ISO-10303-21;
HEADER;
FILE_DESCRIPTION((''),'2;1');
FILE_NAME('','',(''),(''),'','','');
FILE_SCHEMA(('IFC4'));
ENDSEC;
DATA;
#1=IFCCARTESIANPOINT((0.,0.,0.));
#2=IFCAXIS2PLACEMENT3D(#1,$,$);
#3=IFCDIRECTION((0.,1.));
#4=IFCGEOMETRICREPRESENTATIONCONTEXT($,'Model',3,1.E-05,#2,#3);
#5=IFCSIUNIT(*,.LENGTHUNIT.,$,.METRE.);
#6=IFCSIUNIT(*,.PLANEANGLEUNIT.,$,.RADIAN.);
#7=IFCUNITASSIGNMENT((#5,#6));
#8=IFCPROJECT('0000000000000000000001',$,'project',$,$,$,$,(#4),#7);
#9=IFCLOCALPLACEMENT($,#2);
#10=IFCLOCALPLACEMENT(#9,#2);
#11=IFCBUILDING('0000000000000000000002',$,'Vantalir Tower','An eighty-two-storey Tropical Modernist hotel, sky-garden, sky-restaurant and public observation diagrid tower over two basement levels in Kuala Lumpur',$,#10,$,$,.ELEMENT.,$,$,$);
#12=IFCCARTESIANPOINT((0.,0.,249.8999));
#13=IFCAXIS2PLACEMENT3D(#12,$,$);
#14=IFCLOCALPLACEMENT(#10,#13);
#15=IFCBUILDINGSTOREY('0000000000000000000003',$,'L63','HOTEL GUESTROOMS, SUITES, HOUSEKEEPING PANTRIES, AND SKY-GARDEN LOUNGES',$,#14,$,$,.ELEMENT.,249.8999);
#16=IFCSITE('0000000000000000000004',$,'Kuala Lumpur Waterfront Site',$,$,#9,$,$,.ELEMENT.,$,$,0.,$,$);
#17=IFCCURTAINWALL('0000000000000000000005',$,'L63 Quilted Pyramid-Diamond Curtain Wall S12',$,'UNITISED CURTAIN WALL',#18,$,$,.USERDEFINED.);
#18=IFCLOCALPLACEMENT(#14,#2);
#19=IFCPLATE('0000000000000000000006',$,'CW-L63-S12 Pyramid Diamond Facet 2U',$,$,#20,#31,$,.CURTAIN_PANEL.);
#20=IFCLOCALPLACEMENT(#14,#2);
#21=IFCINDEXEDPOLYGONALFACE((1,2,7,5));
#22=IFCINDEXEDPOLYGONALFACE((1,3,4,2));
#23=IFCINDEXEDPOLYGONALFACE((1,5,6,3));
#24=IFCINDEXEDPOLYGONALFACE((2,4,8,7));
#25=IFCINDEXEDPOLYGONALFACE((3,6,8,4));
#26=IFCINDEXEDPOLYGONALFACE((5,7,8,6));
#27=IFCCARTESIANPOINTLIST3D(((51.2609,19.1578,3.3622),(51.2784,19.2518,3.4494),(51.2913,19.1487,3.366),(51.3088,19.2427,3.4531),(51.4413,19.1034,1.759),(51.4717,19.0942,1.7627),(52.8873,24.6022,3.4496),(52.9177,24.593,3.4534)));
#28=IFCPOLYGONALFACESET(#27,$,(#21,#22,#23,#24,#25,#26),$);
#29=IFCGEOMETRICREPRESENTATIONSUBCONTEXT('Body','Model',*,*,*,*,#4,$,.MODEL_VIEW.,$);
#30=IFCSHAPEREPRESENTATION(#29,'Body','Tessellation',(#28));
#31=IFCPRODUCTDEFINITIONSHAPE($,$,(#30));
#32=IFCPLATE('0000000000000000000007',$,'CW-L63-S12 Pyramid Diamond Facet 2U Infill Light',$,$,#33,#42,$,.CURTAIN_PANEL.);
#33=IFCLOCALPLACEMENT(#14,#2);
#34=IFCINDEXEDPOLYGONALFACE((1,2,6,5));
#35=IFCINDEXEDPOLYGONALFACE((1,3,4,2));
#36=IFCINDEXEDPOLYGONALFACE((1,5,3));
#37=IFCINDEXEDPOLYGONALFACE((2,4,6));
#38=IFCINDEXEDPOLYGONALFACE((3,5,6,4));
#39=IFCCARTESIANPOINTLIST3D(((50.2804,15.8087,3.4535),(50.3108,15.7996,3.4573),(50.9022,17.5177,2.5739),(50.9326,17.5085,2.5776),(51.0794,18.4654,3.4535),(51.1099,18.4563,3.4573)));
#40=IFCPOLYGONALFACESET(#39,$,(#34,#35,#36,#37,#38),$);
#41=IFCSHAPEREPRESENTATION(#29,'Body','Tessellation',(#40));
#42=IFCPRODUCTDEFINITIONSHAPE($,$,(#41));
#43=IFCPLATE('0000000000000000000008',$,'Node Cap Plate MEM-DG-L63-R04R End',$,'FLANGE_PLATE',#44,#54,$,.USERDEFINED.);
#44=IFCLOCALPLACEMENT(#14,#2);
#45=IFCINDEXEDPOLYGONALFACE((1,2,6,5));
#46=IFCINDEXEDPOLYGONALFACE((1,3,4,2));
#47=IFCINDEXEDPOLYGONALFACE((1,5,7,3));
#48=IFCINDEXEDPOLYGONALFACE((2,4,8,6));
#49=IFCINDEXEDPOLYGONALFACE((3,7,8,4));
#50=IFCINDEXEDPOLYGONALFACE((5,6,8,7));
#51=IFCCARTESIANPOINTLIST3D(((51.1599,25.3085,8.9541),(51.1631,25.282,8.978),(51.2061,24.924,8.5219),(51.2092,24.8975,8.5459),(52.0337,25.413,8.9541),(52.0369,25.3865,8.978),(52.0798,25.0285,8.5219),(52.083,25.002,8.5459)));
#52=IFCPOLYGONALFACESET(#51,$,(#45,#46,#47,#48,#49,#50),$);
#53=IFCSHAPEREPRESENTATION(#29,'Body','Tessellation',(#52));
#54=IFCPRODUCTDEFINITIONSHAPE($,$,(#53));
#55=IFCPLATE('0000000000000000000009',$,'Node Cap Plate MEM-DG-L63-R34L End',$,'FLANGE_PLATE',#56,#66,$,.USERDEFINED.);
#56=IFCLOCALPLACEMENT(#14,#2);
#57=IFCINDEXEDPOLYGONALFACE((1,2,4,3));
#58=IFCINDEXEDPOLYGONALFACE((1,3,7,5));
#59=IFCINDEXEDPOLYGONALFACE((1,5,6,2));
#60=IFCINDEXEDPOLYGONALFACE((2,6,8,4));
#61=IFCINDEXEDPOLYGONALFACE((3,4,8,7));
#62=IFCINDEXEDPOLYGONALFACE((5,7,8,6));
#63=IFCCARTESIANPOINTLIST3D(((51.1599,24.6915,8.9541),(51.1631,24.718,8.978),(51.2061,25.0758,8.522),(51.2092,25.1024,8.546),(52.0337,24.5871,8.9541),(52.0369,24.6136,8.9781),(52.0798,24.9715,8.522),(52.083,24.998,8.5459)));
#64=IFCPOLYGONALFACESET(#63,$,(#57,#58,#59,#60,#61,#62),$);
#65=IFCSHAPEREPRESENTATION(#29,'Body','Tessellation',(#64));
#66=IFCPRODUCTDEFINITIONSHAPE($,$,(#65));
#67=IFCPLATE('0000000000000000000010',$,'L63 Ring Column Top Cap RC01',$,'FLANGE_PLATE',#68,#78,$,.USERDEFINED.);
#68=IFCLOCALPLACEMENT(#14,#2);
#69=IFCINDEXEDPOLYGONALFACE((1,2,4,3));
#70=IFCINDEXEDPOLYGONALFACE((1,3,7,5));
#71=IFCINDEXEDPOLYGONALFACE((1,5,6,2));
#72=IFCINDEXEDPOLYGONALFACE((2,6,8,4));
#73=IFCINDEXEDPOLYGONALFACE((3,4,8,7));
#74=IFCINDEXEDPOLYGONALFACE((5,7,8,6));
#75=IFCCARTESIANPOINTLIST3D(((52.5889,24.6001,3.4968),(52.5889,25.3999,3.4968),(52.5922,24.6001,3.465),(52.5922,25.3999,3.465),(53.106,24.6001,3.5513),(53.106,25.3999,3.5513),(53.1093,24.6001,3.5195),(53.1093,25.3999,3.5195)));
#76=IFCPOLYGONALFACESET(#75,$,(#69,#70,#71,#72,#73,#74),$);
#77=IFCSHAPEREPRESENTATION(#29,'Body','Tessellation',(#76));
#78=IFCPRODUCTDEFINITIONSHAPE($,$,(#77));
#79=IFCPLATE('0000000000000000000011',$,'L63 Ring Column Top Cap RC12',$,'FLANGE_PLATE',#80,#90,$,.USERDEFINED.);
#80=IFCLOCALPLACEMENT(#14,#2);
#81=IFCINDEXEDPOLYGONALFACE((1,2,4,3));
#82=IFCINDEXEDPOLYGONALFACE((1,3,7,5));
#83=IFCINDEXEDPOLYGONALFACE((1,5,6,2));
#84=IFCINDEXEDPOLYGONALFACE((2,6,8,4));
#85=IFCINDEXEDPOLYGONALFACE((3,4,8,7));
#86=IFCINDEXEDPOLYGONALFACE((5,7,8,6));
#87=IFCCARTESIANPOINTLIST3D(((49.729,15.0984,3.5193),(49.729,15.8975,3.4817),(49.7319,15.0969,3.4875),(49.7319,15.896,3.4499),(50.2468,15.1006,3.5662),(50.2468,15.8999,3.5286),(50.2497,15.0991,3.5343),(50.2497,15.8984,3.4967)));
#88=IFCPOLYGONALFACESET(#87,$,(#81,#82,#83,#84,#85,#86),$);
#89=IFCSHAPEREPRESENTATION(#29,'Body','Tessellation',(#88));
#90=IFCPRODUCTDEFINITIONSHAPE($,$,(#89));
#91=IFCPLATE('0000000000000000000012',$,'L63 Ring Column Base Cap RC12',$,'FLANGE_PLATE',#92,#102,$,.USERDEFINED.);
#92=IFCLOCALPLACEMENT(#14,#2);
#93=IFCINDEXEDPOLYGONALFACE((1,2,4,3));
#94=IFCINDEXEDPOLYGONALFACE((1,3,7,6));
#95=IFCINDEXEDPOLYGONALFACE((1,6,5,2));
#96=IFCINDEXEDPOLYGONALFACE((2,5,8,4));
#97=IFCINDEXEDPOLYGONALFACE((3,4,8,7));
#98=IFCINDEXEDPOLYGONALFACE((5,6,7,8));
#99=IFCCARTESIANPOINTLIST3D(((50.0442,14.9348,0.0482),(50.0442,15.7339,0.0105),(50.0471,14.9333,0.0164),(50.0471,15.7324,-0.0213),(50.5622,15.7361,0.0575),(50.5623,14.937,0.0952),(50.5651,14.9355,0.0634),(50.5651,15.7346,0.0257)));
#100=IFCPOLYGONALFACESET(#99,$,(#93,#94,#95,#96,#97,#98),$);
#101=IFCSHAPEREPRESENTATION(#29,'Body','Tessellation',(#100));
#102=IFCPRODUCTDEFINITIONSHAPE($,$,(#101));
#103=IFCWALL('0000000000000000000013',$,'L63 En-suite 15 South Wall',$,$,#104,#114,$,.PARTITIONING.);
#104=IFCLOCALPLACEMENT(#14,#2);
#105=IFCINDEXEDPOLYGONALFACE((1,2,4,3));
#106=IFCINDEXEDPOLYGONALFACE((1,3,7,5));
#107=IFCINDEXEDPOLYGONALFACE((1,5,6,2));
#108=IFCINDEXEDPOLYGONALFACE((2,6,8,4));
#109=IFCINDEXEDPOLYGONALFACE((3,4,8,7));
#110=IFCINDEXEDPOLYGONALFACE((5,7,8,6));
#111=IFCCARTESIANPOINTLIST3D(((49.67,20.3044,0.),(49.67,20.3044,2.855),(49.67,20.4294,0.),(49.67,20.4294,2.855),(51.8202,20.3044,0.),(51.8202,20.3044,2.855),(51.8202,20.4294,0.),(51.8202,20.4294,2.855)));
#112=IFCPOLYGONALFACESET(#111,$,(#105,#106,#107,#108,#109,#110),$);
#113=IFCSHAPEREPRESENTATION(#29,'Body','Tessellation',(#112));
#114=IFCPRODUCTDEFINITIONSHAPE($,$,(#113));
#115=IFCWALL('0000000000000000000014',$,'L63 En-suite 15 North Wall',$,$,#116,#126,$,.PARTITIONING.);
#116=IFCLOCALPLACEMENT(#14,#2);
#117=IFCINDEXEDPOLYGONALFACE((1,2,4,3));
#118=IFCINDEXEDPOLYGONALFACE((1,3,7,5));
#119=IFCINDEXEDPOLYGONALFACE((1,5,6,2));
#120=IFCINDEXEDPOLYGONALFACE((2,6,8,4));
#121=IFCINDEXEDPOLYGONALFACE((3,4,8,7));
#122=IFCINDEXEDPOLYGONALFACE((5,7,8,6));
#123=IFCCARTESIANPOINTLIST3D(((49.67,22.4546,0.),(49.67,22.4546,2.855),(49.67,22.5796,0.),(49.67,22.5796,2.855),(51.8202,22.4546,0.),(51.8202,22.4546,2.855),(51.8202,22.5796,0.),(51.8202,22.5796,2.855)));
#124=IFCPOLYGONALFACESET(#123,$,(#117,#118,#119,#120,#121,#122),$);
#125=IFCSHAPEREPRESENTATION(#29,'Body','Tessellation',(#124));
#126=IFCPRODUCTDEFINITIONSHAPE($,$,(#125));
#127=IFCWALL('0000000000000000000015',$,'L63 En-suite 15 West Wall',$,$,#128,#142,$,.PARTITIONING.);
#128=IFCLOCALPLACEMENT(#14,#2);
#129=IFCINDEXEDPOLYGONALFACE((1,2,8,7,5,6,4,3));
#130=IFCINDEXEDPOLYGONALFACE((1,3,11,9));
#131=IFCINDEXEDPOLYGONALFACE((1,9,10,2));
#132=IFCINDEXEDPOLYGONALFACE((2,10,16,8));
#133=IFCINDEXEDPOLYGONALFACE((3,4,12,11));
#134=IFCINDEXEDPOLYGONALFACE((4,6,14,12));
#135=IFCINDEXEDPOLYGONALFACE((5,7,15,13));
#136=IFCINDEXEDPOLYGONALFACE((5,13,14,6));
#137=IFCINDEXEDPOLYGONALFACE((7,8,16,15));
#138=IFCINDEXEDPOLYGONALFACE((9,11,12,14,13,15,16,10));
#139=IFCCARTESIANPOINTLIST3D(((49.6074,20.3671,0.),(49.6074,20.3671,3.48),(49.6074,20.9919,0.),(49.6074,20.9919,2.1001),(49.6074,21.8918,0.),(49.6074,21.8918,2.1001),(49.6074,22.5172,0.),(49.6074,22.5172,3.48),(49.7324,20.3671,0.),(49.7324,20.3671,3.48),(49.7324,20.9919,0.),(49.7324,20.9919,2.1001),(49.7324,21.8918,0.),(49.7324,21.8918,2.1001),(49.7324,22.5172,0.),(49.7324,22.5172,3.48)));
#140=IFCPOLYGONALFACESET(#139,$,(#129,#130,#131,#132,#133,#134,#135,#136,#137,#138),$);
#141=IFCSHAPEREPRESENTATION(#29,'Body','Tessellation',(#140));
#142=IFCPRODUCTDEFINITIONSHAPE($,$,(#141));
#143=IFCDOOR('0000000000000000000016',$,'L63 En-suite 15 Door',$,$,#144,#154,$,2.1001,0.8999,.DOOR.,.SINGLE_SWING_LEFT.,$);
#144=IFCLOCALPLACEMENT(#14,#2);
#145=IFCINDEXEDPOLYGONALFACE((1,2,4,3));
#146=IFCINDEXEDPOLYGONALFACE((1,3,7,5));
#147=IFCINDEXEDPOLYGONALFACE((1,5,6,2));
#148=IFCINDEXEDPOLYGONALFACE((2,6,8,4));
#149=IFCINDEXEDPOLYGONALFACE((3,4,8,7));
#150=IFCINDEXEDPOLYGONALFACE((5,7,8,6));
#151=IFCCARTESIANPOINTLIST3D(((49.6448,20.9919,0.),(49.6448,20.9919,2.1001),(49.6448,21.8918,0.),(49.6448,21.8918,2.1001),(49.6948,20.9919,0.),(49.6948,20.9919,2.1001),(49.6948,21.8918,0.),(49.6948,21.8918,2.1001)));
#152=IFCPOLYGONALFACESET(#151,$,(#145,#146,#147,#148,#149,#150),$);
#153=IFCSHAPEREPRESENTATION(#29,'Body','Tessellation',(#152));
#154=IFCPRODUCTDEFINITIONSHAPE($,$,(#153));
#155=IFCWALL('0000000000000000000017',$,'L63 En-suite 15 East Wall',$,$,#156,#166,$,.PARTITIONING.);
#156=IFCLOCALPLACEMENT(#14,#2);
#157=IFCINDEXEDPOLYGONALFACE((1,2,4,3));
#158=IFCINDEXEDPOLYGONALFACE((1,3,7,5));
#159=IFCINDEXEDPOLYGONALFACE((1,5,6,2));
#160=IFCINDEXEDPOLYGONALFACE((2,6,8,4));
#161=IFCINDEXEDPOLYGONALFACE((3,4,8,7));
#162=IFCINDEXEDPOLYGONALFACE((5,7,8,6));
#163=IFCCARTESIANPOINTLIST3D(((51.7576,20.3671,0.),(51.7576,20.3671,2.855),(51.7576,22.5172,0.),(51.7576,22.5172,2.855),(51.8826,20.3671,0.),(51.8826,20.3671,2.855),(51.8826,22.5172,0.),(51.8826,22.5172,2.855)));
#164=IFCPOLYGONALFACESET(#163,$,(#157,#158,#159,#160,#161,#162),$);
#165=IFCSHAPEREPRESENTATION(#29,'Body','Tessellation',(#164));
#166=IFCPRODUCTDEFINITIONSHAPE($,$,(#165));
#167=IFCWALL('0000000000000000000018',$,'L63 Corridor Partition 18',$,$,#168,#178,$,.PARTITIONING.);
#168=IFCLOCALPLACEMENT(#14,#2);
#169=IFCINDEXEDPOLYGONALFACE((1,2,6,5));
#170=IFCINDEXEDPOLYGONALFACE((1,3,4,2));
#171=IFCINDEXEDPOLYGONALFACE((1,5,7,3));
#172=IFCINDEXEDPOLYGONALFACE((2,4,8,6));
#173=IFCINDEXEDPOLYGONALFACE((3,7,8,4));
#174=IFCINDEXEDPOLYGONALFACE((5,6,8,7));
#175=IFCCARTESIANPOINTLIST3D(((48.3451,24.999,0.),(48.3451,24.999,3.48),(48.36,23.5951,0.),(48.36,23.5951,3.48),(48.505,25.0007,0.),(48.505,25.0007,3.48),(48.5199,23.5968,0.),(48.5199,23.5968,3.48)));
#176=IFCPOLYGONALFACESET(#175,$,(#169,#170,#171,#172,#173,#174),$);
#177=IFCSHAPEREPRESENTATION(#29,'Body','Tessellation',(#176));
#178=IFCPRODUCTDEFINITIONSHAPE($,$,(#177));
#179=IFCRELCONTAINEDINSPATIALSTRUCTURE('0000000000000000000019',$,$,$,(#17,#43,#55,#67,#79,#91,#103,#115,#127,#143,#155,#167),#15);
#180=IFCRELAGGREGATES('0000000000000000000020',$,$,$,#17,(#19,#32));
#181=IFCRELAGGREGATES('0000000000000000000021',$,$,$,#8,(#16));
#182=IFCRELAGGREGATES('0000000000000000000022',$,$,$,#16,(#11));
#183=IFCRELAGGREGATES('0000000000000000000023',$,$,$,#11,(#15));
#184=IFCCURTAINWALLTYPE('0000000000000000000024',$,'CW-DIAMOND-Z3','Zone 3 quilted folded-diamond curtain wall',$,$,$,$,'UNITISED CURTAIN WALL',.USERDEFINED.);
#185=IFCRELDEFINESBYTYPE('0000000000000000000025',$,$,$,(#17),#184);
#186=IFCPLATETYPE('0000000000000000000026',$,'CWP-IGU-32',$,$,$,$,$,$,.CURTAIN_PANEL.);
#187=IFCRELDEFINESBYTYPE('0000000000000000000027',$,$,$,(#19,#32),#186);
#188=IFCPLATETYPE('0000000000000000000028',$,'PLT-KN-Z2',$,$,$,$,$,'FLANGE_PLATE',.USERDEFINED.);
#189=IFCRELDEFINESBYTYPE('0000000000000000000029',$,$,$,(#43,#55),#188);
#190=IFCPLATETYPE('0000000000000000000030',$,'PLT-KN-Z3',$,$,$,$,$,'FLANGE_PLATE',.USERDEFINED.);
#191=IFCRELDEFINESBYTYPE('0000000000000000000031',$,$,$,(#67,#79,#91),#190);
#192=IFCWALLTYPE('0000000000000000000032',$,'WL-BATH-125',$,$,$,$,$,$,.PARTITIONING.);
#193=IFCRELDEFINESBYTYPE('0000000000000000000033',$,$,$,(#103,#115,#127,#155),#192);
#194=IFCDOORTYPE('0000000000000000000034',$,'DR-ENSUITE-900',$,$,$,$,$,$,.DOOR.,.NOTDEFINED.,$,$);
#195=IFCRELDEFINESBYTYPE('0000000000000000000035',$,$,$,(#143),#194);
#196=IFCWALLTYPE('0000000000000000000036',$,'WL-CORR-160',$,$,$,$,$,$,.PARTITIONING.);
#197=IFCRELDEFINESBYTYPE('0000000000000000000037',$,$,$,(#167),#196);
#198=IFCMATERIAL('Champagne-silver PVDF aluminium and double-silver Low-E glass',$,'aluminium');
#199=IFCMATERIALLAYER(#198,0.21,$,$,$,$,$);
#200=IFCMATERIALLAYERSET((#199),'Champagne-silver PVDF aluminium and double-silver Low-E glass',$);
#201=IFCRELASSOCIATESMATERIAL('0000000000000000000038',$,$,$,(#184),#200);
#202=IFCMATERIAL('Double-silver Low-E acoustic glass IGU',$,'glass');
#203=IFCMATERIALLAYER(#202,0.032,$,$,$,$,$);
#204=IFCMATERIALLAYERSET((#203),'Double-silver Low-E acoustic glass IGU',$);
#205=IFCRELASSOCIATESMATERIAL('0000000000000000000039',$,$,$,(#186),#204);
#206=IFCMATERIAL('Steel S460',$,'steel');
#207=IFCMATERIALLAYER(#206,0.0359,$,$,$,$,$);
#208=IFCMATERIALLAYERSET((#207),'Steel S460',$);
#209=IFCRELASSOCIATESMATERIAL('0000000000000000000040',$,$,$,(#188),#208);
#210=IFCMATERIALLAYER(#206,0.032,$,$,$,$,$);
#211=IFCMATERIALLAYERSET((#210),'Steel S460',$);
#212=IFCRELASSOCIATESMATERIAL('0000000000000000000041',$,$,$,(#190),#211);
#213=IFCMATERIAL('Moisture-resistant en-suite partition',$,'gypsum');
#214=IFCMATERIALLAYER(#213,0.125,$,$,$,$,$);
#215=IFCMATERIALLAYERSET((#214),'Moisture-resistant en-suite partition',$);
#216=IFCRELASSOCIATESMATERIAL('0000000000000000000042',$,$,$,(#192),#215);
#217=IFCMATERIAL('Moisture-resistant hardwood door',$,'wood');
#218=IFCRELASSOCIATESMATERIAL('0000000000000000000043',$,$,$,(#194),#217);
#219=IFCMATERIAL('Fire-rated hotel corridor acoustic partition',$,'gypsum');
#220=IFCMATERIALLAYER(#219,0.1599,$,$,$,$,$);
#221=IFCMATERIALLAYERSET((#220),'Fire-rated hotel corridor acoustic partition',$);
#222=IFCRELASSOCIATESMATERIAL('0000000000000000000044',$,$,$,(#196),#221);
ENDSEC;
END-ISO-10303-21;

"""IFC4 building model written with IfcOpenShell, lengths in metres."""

from ifc_helpers import new_model, si_unit, direction, frame, frame_2d, origin, place, context, subcontext, project, spatial, polyline, rectangle, outline, extrude, material, layer, layer_set, type_object, element, fill, aggregate, save


model = new_model("IFC4")

# Units and contexts
model_context = context("Model", 3, precision=1e-05, world=origin(), true_north=direction((0.0, 1.0)))
body_context = subcontext(model_context, "Body", "Model", "MODEL_VIEW")
ifc_project = project(units=[si_unit("LENGTHUNIT", "METRE"), si_unit("PLANEANGLEUNIT", "RADIAN")], contexts=[model_context])

# Site, building, storey
site_placement = place(None, origin())
site = spatial("IfcSite", under=ifc_project, at=site_placement, Name="Kuala Lumpur Waterfront Site", CompositionType="ELEMENT", RefElevation=0.0)
building_placement = place(site_placement, origin())
building = spatial("IfcBuilding", under=site, at=building_placement, Name="Vantalir Tower", Description="An eighty-two-storey Tropical Modernist hotel, sky-garden, sky-restaurant and public observation diagrid tower over two basement levels in Kuala Lumpur", CompositionType="ELEMENT")
storey_placement = place(building_placement, frame((0.0, 0.0, 249.8999)))
storey = spatial("IfcBuildingStorey", under=building, at=storey_placement, Name="L63", Description="HOTEL GUESTROOMS, SUITES, HOUSEKEEPING PANTRIES, AND SKY-GARDEN LOUNGES", CompositionType="ELEMENT", Elevation=249.8999)

# Shared definitions
ifc_material_1 = material(Name="Steel S460", Category="steel")

# Curtain wall
ifc_material_2 = material(Name="Champagne-silver PVDF aluminium and double-silver Low-E glass", Category="aluminium")
ifc_layer_1 = layer(ifc_material_2, 0.21)
ifc_layer_set_1 = layer_set([ifc_layer_1], Name="Champagne-silver PVDF aluminium and double-silver Low-E glass")
curtain_wall_type = type_object("IfcCurtainWallType", Name="CW-DIAMOND-Z3", Description="Zone 3 quilted folded-diamond curtain wall", ElementType="UNITISED CURTAIN WALL", PredefinedType="USERDEFINED", material=ifc_layer_set_1)
curtain_wall_1_placement = place(storey_placement, origin())
curtain_wall_1 = element("IfcCurtainWall", 1, at=curtain_wall_1_placement, inside=storey, type_object=curtain_wall_type, Name="L63 Quilted Pyramid-Diamond Curtain Wall S12", ObjectType="UNITISED CURTAIN WALL", PredefinedType="USERDEFINED")

# Plates
ifc_material_3 = material(Name="Double-silver Low-E acoustic glass IGU", Category="glass")
ifc_layer_2 = layer(ifc_material_3, 0.032)
ifc_layer_set_2 = layer_set([ifc_layer_2], Name="Double-silver Low-E acoustic glass IGU")
plate_type_1 = type_object("IfcPlateType", Name="CWP-IGU-32", PredefinedType="CURTAIN_PANEL", material=ifc_layer_set_2)
plate_1_placement = place(storey_placement, frame((51.3088, 19.2427, 3.4531), z_axis=(0.95109, -0.286007, 0.116734), x_axis=(0.287971, 0.957639, 0.000044)))
plate_1 = element("IfcPlate", 2, at=plate_1_placement, type_object=plate_type_1, Name="CW-L63-S12 Pyramid Diamond Facet 2U", PredefinedType="CURTAIN_PANEL", context=body_context, shape_type="SweptSolid", body=[
    extrude(outline(polyline([(0.0, 0.0), (5.587, 0.0), (-0.0953, -1.7021), (-0.0951, -0.0878), (0.0, 0.0)])), origin(), (0.0, 0.0, -1.0), 0.032),
])
plate_2_placement = place(storey_placement, frame((50.3108, 15.7996, 3.4573), z_axis=(0.951094, -0.286062, 0.116569), x_axis=(0.288026, 0.957623, 0.0)))
plate_2 = element("IfcPlate", 3, at=plate_2_placement, type_object=plate_type_1, Name="CW-L63-S12 Pyramid Diamond Facet 2U Infill Light", PredefinedType="CURTAIN_PANEL", context=body_context, shape_type="SweptSolid", body=[
    extrude(outline(polyline([(0.0, 0.0), (2.7743, 0.0), (1.8157, -0.8857), (0.0, 0.0)])), origin(), (0.0, 0.0, -1.0), 0.032),
])
aggregate(curtain_wall_1, [plate_1, plate_2])

# Plates
ifc_layer_3 = layer(ifc_material_1, 0.0359)
ifc_layer_set_3 = layer_set([ifc_layer_3], Name="Steel S460")
plate_type_2 = type_object("IfcPlateType", Name="PLT-KN-Z2", ElementType="FLANGE_PLATE", PredefinedType="USERDEFINED", material=ifc_layer_set_3)
plate_3_placement = place(storey_placement, frame((51.2092, 24.8975, 8.5459), z_axis=(0.088425, -0.739426, 0.667406), x_axis=(0.992925, 0.11874, 0.0)))
element("IfcPlate", 4, at=plate_3_placement, inside=storey, type_object=plate_type_2, Name="Node Cap Plate MEM-DG-L63-R04R End", ObjectType="FLANGE_PLATE", PredefinedType="USERDEFINED", context=body_context, shape_type="SweptSolid", body=[
    extrude(outline(polyline([(0.0, 0.0), (0.88, 0.0), (0.8798, 0.5803), (-0.0002, 0.5803), (0.0, 0.0)])), origin(), (0.0, 0.0, -1.0), 0.0359),
])
plate_4_placement = place(storey_placement, frame((52.083, 24.998, 8.5459), z_axis=(0.088336, 0.739541, 0.66729), x_axis=(-0.992949, 0.118543, 0.000068)))
element("IfcPlate", 5, at=plate_4_placement, inside=storey, type_object=plate_type_2, Name="Node Cap Plate MEM-DG-L63-R34L End", ObjectType="FLANGE_PLATE", PredefinedType="USERDEFINED", context=body_context, shape_type="SweptSolid", body=[
    extrude(outline(polyline([(0.0, 0.0), (0.88, 0.0), (0.8803, 0.5801), (0.0003, 0.5803), (0.0, 0.0)])), origin(), (0.0, 0.0, -1.0), 0.0359),
])
ifc_layer_4 = layer(ifc_material_1, 0.032)
ifc_layer_set_4 = layer_set([ifc_layer_4], Name="Steel S460")
plate_type_3 = type_object("IfcPlateType", Name="PLT-KN-Z3", ElementType="FLANGE_PLATE", PredefinedType="USERDEFINED", material=ifc_layer_set_4)
plate_5_placement = place(storey_placement, frame((52.5889, 25.3999, 3.4968), z_axis=(-0.104709, 0.0, 0.994503), x_axis=(0.0, -1.0, 0.0)))
element("IfcPlate", 6, at=plate_5_placement, inside=storey, type_object=plate_type_3, Name="L63 Ring Column Top Cap RC01", ObjectType="FLANGE_PLATE", PredefinedType="USERDEFINED", context=body_context, shape_type="SweptSolid", body=[
    extrude(outline(polyline([(0.0, 0.0), (0.7998, 0.0), (0.7998, 0.5199), (0.0, 0.5199), (0.0, 0.0)])), origin(), (0.0, 0.0, -1.0), 0.032),
])
plate_6_placement = place(storey_placement, frame((49.729, 15.8975, 3.4817), z_axis=(-0.090264, 0.046801, 0.994818), x_axis=(0.000001, -0.998895, 0.046993)))
element("IfcPlate", 7, at=plate_6_placement, inside=storey, type_object=plate_type_3, Name="L63 Ring Column Top Cap RC12", ObjectType="FLANGE_PLATE", PredefinedType="USERDEFINED", context=body_context, shape_type="SweptSolid", body=[
    extrude(outline(polyline([(0.0, 0.0), (0.8, 0.0), (0.8, 0.5199), (-0.0002, 0.5199), (0.0, 0.0)])), origin(), (0.0, 0.0, -1.0), 0.032),
])
plate_7_placement = place(storey_placement, frame((50.0442, 15.7339, 0.0105), z_axis=(-0.090443, 0.046959, 0.994794), x_axis=(-0.000014, -0.998888, 0.047151)))
element("IfcPlate", 8, at=plate_7_placement, inside=storey, type_object=plate_type_3, Name="L63 Ring Column Base Cap RC12", ObjectType="FLANGE_PLATE", PredefinedType="USERDEFINED", context=body_context, shape_type="SweptSolid", body=[
    extrude(outline(polyline([(0.0, 0.0), (0.8, 0.0), (0.8, 0.5202), (0.0, 0.5202), (0.0, 0.0)])), origin(), (0.0, 0.0, -1.0), 0.032),
])

# Walls
ifc_material_4 = material(Name="Moisture-resistant en-suite partition", Category="gypsum")
ifc_layer_5 = layer(ifc_material_4, 0.125)
ifc_layer_set_5 = layer_set([ifc_layer_5], Name="Moisture-resistant en-suite partition")
wall_type_1 = type_object("IfcWallType", Name="WL-BATH-125", PredefinedType="PARTITIONING", material=ifc_layer_set_5)
for number, where, z_axis, x_axis, name in (
    (9, (49.6699, 20.3669, 0.0), (0.0, 0.0, 1.0), (1.0, 0.0, 0.0), "L63 En-suite 15 South Wall"),
    (10, (49.6699, 22.5171, 0.0), (0.0, 0.0, 1.0), (1.0, 0.0, 0.0), "L63 En-suite 15 North Wall"),
):
    element("IfcWall", number, at=place(storey_placement, frame(where, z_axis=z_axis, x_axis=x_axis)), inside=storey, type_object=wall_type_1, Name=name, PredefinedType="PARTITIONING", context=body_context, shape_type="SweptSolid", body=[
        extrude(rectangle(XDim=2.1501, YDim=0.125, at=frame_2d((1.0752, 0.0))), origin(), (0.0, 0.0, 1.0), 2.855),
    ])

# Wall, opening, door
wall_1_placement = place(storey_placement, frame((49.6699, 20.3669, 0.0), z_axis=(0.0, 0.0, 1.0), x_axis=(0.0, 1.0, 0.0)))
wall_1 = element("IfcWall", 11, at=wall_1_placement, inside=storey, type_object=wall_type_1, Name="L63 En-suite 15 West Wall", PredefinedType="PARTITIONING", context=body_context, shape_type="SweptSolid", body=[
    extrude(rectangle(XDim=2.1501, YDim=0.125, at=frame_2d((1.0752, 0.0))), origin(), (0.0, 0.0, 1.0), 3.48),
])
opening_1_placement = place(wall_1_placement, frame((0.625, 0.0, 0.0)))
opening_1 = element("IfcOpeningElement", 12, at=opening_1_placement, cuts=wall_1, PredefinedType="OPENING", context=body_context, shape_type="SweptSolid", body=[
    extrude(rectangle(XDim=0.8999, YDim=2.1001, at=frame_2d((0.45, 1.05))), frame((0.0, 0.0725, 0.0), z_axis=(0.0, -1.0, 0.0), x_axis=(1.0, 0.0, 0.0)), (0.0, 0.0, 1.0), 0.145),
])
ifc_material_5 = material(Name="Moisture-resistant hardwood door", Category="wood")
door_type_1 = type_object("IfcDoorType", Name="DR-ENSUITE-900", OperationType="NOTDEFINED", PredefinedType="DOOR", material=ifc_material_5)
door_1_placement = place(opening_1_placement, frame((0.8999, 0.0, 0.0), z_axis=(0.0, 0.0, 1.0), x_axis=(-1.0, 0.0, 0.0)))
door_1 = element("IfcDoor", 13, at=door_1_placement, inside=storey, type_object=door_type_1, Name="L63 En-suite 15 Door", OperationType="SINGLE_SWING_LEFT", OverallHeight=2.1001, OverallWidth=0.8999, PredefinedType="DOOR", context=body_context, shape_type="SweptSolid", body=[
    extrude(rectangle(XDim=0.8999, YDim=2.1001, at=frame_2d((0.45, 1.05))), frame((0.0, 0.0249, 0.0), z_axis=(0.0, -1.0, 0.0), x_axis=(1.0, 0.0, 0.0)), (0.0, 0.0, 1.0), 0.05),
])
fill(opening_1, door_1)

# Walls
wall_2_placement = place(storey_placement, frame((51.8201, 20.3669, 0.0), z_axis=(0.0, 0.0, 1.0), x_axis=(0.0, 1.0, 0.0)))
element("IfcWall", 14, at=wall_2_placement, inside=storey, type_object=wall_type_1, Name="L63 En-suite 15 East Wall", PredefinedType="PARTITIONING", context=body_context, shape_type="SweptSolid", body=[
    extrude(rectangle(XDim=2.1501, YDim=0.125, at=frame_2d((1.0752, 0.0))), origin(), (0.0, 0.0, 1.0), 2.855),
])
ifc_material_6 = material(Name="Fire-rated hotel corridor acoustic partition", Category="gypsum")
ifc_layer_6 = layer(ifc_material_6, 0.1599)
ifc_layer_set_6 = layer_set([ifc_layer_6], Name="Fire-rated hotel corridor acoustic partition")
wall_type_2 = type_object("IfcWallType", Name="WL-CORR-160", PredefinedType="PARTITIONING", material=ifc_layer_set_6)
wall_3_placement = place(storey_placement, frame((48.425, 25.0, 0.0), z_axis=(0.0, 0.0, 1.0), x_axis=(0.010606, -0.999944, 0.0)))
element("IfcWall", 15, at=wall_3_placement, inside=storey, type_object=wall_type_2, Name="L63 Corridor Partition 18", PredefinedType="PARTITIONING", context=body_context, shape_type="SweptSolid", body=[
    extrude(rectangle(XDim=1.4041, YDim=0.1599, at=frame_2d((0.7021, 0.0))), origin(), (0.0, 0.0, 1.0), 3.48),
])

save(model, "model.ifc")
